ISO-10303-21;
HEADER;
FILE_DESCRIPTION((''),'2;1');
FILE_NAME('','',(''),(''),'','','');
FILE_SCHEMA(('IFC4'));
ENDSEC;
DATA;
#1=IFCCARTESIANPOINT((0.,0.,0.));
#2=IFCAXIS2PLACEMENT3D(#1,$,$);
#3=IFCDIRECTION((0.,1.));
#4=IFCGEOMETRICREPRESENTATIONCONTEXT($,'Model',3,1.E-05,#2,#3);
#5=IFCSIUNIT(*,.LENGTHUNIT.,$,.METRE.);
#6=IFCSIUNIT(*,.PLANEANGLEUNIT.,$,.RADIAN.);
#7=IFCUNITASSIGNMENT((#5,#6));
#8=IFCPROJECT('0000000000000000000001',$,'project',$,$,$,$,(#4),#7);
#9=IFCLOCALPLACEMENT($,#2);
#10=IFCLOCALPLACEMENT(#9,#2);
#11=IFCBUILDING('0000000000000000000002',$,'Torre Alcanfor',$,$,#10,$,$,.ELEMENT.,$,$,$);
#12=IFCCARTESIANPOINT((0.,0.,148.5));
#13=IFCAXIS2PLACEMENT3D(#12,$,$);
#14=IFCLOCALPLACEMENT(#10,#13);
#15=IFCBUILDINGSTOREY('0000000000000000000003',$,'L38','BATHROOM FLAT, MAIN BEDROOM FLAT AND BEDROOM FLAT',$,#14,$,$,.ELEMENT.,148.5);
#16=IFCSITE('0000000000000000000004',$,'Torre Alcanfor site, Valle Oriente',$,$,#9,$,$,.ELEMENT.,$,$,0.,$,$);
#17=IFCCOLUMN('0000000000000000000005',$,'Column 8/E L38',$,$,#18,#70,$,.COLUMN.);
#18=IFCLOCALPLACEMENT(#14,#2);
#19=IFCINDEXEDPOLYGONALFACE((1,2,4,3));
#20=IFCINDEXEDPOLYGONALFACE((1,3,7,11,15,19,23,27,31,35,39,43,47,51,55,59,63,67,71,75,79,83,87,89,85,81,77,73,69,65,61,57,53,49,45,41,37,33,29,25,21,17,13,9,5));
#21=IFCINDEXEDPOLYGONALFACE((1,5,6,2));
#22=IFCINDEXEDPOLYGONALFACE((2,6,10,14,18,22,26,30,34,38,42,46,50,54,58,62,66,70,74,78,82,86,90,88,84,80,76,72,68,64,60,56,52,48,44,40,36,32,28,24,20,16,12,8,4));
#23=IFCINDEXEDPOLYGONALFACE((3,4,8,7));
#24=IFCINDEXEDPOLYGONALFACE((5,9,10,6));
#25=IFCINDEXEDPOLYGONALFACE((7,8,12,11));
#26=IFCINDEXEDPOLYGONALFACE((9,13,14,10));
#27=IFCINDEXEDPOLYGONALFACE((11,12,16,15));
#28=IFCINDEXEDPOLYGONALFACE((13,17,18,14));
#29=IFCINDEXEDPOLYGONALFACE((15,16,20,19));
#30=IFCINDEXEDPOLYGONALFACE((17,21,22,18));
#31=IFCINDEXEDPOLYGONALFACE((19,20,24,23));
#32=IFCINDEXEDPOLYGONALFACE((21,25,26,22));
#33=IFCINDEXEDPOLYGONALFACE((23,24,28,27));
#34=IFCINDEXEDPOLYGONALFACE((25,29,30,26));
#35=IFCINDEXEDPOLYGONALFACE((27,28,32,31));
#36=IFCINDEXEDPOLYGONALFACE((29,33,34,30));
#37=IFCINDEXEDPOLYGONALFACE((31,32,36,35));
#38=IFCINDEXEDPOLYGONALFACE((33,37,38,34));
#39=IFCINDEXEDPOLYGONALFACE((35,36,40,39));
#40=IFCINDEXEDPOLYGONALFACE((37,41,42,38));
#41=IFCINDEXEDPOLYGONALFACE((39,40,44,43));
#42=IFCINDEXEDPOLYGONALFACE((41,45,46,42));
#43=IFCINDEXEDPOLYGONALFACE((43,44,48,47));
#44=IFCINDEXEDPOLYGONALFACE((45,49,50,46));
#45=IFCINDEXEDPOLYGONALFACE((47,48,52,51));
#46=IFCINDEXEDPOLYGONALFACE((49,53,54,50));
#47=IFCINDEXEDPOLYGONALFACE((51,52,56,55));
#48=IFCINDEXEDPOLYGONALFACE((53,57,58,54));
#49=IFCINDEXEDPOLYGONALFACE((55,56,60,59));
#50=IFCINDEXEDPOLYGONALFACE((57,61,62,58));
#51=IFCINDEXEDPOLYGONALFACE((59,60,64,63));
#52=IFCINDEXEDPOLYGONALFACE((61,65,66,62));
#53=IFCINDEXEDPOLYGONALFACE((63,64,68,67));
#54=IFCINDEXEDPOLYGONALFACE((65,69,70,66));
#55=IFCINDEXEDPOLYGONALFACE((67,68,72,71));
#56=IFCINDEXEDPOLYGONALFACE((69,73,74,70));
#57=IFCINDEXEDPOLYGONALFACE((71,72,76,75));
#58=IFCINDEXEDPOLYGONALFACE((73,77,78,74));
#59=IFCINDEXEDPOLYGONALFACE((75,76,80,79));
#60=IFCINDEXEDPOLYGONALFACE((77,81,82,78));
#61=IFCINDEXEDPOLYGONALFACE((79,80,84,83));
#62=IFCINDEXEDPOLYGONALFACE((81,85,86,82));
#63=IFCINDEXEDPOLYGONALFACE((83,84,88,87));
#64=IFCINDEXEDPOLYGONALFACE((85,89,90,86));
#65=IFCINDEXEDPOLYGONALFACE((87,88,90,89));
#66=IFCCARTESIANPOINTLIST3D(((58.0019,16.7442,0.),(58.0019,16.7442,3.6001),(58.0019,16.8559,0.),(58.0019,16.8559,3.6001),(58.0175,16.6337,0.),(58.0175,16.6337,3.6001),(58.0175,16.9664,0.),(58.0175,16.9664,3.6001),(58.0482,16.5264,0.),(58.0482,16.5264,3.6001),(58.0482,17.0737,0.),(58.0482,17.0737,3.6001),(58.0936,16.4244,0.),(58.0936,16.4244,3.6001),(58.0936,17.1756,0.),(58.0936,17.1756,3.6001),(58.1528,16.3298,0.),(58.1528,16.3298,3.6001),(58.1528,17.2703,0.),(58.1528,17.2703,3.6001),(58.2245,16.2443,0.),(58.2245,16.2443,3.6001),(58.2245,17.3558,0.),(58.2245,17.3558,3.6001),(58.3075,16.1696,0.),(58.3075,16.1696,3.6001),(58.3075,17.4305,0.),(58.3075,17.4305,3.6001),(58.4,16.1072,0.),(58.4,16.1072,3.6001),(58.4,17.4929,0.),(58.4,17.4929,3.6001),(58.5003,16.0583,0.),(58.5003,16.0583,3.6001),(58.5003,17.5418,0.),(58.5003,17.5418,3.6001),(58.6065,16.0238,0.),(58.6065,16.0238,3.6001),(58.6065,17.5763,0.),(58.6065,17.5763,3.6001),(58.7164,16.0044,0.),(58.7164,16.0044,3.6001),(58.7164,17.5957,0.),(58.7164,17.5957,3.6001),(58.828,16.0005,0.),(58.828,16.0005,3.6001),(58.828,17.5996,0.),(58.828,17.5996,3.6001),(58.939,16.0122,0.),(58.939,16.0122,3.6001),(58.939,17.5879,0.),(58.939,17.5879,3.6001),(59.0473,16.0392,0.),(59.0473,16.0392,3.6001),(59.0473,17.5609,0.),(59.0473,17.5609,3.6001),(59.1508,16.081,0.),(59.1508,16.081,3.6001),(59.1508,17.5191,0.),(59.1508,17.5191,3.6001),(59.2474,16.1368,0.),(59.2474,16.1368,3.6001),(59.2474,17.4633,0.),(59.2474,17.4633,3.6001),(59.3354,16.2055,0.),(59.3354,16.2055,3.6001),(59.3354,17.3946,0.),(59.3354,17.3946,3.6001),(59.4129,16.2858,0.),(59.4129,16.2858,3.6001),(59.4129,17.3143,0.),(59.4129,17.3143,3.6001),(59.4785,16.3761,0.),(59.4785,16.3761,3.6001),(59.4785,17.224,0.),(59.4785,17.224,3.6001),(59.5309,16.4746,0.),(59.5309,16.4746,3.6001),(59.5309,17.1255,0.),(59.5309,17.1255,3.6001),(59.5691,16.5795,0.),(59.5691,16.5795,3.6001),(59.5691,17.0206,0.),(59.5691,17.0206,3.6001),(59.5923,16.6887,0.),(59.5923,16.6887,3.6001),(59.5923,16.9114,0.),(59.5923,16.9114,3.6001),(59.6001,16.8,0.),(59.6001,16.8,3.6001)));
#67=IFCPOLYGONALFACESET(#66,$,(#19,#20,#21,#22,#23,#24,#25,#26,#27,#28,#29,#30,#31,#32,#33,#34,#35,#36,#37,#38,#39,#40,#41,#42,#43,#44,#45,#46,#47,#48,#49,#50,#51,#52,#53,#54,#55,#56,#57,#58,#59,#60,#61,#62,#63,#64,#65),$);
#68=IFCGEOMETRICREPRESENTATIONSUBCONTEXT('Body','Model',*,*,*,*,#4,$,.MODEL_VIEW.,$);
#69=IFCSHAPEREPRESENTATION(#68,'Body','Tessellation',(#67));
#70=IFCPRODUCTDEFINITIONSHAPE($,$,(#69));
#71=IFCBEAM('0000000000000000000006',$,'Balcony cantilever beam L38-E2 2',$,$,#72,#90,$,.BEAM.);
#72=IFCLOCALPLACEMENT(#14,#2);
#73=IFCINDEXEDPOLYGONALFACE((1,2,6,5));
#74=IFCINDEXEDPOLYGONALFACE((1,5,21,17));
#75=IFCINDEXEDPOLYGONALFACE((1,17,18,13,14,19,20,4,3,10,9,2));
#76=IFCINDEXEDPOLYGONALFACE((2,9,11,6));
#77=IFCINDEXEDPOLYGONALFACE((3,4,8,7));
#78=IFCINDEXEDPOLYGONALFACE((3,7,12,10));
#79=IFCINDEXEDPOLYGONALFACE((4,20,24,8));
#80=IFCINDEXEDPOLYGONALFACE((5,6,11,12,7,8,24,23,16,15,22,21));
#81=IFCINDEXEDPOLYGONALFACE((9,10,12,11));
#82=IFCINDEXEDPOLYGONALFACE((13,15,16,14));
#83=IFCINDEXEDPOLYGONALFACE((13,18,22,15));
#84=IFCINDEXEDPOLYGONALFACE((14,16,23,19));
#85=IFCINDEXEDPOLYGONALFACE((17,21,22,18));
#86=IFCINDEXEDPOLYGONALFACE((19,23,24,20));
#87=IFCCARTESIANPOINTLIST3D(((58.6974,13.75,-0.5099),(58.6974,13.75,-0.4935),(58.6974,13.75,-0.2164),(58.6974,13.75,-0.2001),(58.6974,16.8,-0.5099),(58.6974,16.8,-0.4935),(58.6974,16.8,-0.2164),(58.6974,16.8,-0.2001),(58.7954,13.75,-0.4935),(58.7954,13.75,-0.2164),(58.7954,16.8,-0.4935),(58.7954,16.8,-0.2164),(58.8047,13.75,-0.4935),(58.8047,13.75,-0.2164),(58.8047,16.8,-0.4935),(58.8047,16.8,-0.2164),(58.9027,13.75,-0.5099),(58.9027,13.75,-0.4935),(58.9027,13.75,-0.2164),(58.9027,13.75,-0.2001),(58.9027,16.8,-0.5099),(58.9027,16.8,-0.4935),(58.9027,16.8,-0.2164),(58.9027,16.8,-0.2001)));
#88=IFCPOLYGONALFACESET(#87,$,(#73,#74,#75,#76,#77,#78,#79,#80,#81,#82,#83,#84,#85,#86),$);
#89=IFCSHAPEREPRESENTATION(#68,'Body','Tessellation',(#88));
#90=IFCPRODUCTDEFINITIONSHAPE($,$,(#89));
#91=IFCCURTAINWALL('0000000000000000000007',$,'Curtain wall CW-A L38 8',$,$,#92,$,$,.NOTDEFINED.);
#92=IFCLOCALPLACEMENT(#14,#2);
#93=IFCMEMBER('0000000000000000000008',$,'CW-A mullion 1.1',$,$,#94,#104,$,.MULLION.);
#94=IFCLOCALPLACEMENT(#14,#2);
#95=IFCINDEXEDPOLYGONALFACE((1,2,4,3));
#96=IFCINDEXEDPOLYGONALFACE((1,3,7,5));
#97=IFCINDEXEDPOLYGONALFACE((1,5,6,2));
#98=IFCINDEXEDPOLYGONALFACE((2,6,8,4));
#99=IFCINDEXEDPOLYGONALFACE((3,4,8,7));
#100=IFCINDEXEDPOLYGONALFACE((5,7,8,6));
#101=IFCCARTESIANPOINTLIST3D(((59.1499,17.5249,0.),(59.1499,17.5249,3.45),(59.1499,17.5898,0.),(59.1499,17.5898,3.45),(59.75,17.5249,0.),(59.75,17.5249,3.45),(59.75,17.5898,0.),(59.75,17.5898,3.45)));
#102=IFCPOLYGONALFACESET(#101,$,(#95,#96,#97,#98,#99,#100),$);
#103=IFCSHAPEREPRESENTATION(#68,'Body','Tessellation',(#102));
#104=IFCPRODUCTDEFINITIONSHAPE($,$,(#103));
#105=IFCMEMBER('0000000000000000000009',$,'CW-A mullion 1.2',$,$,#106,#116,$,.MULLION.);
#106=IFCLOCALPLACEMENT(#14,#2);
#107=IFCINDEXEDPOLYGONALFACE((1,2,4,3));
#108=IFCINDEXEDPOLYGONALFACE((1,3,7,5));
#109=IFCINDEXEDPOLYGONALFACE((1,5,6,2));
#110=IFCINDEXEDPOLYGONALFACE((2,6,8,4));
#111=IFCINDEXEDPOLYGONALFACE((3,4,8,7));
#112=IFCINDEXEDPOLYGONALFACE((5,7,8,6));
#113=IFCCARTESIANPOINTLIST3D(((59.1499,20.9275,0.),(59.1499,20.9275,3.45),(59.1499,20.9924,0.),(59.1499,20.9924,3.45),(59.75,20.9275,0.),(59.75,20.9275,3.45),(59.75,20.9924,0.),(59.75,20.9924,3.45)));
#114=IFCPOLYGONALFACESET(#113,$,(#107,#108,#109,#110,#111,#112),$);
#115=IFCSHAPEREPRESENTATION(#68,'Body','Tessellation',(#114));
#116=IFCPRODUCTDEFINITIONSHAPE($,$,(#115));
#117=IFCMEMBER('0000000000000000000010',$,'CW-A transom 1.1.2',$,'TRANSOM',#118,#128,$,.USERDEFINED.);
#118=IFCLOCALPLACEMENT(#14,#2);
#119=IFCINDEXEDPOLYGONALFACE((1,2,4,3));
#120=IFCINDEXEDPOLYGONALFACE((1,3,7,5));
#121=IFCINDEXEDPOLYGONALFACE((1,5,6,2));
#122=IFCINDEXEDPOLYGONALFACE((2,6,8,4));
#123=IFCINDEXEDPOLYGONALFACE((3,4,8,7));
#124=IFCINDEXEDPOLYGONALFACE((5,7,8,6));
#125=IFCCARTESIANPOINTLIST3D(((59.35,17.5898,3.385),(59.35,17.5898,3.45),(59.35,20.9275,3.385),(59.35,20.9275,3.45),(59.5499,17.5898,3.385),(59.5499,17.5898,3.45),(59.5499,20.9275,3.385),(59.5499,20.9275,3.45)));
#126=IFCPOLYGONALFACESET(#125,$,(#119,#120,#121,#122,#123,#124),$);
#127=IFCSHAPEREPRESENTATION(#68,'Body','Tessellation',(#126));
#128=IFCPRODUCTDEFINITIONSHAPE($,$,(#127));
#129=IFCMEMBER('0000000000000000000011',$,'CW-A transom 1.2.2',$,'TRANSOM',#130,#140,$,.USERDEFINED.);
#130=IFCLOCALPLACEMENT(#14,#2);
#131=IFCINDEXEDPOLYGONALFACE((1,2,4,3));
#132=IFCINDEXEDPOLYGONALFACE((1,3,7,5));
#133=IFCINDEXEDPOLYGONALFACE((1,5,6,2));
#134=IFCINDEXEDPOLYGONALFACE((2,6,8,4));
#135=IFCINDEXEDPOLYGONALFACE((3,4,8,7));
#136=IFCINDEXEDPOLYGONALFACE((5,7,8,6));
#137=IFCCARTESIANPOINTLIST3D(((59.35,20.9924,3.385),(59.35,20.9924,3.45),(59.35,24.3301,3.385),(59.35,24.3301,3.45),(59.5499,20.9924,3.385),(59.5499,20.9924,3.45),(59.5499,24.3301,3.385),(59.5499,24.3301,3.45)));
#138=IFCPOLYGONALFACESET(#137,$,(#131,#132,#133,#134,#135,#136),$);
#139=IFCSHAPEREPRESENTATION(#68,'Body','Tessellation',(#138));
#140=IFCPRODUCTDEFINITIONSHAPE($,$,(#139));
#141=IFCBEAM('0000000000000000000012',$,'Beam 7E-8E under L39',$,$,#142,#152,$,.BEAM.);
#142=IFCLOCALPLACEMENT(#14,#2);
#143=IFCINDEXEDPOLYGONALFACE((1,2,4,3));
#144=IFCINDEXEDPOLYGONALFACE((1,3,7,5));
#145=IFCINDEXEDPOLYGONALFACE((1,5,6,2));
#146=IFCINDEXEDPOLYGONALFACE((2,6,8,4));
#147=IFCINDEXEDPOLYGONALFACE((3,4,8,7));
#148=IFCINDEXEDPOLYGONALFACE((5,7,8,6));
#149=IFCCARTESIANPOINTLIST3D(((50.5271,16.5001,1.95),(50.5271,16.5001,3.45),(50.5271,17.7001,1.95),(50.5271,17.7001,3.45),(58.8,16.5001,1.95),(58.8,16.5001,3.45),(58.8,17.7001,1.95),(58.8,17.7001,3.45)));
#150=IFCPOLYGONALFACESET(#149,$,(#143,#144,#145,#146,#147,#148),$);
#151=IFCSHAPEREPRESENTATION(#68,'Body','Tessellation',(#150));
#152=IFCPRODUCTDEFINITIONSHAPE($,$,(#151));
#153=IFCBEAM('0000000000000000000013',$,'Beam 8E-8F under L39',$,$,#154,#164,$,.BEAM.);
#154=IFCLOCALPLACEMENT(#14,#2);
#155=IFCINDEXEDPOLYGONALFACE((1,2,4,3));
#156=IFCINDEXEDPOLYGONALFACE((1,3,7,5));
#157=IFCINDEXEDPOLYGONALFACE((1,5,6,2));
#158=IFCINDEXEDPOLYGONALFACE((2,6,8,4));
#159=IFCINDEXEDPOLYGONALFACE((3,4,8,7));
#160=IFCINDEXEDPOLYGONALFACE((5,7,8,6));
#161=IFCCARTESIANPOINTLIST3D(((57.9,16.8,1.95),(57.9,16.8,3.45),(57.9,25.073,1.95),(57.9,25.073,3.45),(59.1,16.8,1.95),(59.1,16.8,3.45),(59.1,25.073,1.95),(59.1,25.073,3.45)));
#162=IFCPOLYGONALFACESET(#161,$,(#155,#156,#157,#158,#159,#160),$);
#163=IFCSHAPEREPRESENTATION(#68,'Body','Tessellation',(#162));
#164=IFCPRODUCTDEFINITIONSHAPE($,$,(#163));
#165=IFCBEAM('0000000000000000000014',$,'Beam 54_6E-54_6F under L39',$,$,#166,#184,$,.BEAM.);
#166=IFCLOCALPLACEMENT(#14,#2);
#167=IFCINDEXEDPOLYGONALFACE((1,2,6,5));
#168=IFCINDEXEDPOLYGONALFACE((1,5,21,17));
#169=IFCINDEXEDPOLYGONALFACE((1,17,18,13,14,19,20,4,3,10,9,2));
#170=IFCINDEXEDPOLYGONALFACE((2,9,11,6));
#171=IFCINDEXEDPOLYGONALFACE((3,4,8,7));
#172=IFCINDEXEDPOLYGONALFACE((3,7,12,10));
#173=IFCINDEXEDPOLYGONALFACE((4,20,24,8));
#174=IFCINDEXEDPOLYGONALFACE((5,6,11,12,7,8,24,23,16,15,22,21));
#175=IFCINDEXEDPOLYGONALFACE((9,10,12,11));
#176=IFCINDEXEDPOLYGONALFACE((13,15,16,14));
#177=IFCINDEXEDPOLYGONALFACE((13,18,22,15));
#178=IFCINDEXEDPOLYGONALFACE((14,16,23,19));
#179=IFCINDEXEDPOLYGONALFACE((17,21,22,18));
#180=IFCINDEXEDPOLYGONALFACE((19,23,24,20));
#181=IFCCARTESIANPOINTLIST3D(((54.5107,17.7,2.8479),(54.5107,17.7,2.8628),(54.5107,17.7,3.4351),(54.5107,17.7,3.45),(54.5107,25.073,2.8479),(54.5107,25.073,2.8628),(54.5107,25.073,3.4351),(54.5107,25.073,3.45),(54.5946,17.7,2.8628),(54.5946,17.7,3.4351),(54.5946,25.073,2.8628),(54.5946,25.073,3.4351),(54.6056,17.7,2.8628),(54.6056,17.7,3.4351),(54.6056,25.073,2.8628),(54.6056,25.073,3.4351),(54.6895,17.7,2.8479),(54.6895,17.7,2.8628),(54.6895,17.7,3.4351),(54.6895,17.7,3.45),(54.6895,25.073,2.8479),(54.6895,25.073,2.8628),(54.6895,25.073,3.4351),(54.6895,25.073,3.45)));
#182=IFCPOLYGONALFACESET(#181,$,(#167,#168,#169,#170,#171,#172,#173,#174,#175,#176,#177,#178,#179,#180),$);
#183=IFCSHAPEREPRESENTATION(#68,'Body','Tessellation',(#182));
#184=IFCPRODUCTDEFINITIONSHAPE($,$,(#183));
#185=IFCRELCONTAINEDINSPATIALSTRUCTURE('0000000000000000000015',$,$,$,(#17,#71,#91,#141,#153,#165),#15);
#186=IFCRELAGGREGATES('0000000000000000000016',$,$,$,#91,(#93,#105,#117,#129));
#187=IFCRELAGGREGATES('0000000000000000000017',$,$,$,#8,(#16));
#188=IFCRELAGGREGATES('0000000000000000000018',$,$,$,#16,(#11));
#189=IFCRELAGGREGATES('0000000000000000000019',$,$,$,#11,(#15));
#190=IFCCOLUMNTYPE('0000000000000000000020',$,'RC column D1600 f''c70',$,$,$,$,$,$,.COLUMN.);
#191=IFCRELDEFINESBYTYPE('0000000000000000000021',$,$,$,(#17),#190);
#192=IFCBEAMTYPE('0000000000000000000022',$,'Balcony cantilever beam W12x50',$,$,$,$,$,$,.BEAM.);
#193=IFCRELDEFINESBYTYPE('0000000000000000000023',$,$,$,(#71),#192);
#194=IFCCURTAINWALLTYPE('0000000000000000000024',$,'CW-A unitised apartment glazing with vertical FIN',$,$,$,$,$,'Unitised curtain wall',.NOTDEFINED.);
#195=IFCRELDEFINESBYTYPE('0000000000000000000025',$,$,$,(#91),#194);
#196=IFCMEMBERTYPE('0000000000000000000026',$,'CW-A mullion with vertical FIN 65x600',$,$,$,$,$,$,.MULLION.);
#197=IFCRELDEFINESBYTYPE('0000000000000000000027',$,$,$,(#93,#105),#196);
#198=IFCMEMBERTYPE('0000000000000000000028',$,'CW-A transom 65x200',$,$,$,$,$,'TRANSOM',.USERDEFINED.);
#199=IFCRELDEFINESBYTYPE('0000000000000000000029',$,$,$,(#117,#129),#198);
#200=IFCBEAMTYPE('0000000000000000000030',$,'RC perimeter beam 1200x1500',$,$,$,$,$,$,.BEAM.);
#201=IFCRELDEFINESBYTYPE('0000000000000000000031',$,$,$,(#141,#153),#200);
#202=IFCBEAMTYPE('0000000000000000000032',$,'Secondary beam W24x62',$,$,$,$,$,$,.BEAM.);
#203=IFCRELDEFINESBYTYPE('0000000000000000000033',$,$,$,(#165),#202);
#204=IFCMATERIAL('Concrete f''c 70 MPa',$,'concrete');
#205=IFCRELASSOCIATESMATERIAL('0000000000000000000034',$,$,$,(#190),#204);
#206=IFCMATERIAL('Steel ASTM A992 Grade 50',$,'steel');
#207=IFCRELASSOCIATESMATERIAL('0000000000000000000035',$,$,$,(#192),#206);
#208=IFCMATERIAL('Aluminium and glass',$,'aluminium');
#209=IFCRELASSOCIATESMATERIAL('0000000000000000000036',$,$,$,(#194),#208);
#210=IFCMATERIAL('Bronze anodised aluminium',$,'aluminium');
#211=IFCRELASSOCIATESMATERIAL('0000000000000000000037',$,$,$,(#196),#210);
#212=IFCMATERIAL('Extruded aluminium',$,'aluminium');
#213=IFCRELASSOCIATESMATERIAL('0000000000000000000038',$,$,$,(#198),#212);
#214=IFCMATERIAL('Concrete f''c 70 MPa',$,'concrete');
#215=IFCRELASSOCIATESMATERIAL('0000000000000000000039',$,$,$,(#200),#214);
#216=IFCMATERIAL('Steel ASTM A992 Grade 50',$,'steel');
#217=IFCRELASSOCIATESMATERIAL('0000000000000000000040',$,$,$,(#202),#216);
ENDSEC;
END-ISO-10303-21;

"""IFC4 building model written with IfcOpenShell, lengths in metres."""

from ifc_helpers import new_model, si_unit, direction, frame, origin, origin_2d, place, context, subcontext, project, spatial, rectangle, circle, i_section, extrude, material, material_profile, profile_set, type_object, element, aggregate, save


model = new_model("IFC4")

# Units and contexts
model_context = context("Model", 3, precision=1e-05, world=origin(), true_north=direction((0.0, 1.0)))
body_context = subcontext(model_context, "Body", "Model", "MODEL_VIEW")
ifc_project = project(units=[si_unit("LENGTHUNIT", "METRE"), si_unit("PLANEANGLEUNIT", "RADIAN")], contexts=[model_context])

# Site, building, storey
site_placement = place(None, origin())
site = spatial("IfcSite", under=ifc_project, at=site_placement, Name="Torre Alcanfor site, Valle Oriente", CompositionType="ELEMENT", RefElevation=0.0)
building_placement = place(site_placement, origin())
building = spatial("IfcBuilding", under=site, at=building_placement, Name="Torre Alcanfor", CompositionType="ELEMENT")
storey_placement = place(building_placement, frame((0.0, 0.0, 148.5)))
storey = spatial("IfcBuildingStorey", under=building, at=storey_placement, Name="L38", Description="BATHROOM FLAT, MAIN BEDROOM FLAT AND BEDROOM FLAT", CompositionType="ELEMENT", Elevation=148.5)

# Column
ifc_material_1 = material(Name="Concrete f'c 70 MPa", Category="concrete")
ifc_material_profile_1 = material_profile(ifc_material_1, circle(Radius=0.8, at=origin_2d()), Name="D1600")
ifc_profile_set_1 = profile_set([ifc_material_profile_1], Name="Concrete f'c 70 MPa")
column_type = type_object("IfcColumnType", Name="RC column D1600 f'c70", PredefinedType="COLUMN", material=ifc_profile_set_1)
column_placement = place(storey_placement, frame((58.8, 16.8, 0.0), z_axis=(0.0, 0.0, 1.0), x_axis=(1.0, 0.0, 0.0)))
element("IfcColumn", 1, at=column_placement, inside=storey, type_object=column_type, Name="Column 8/E L38", PredefinedType="COLUMN", context=body_context, shape_type="SweptSolid", body=[
    extrude(circle(Radius=0.8, at=origin_2d()), origin(), (0.0, 0.0, 1.0), 3.6001),
])

# Beam
ifc_material_2 = material(Name="Steel ASTM A992 Grade 50", Category="steel")
ifc_material_profile_2 = material_profile(ifc_material_2, i_section(OverallWidth=0.2053, OverallDepth=0.3098, WebThickness=0.0093, FlangeThickness=0.0164, at=origin_2d()), Name="W12x50")
ifc_profile_set_2 = profile_set([ifc_material_profile_2], Name="Steel ASTM A992 Grade 50")
beam_type_1 = type_object("IfcBeamType", Name="Balcony cantilever beam W12x50", PredefinedType="BEAM", material=ifc_profile_set_2)
beam_1_placement = place(storey_placement, frame((58.8, 16.8, -0.355), z_axis=(0.0, -1.0, 0.0), x_axis=(1.0, 0.0, 0.0)))
element("IfcBeam", 2, at=beam_1_placement, inside=storey, type_object=beam_type_1, Name="Balcony cantilever beam L38-E2 2", PredefinedType="BEAM", context=body_context, shape_type="SweptSolid", body=[
    extrude(i_section(OverallWidth=0.2053, OverallDepth=0.3098, WebThickness=0.0093, FlangeThickness=0.0164, at=origin_2d()), origin(), (0.0, 0.0, 1.0), 3.05),
])

# Curtain wall, members
ifc_material_3 = material(Name="Aluminium and glass", Category="aluminium")
curtain_wall_type = type_object("IfcCurtainWallType", Name="CW-A unitised apartment glazing with vertical FIN", ElementType="Unitised curtain wall", PredefinedType="NOTDEFINED", material=ifc_material_3)
curtain_wall_placement = place(storey_placement, origin())
curtain_wall = element("IfcCurtainWall", 3, at=curtain_wall_placement, inside=storey, type_object=curtain_wall_type, Name="Curtain wall CW-A L38 8", PredefinedType="NOTDEFINED")
ifc_material_4 = material(Name="Bronze anodised aluminium", Category="aluminium")
ifc_material_profile_3 = material_profile(ifc_material_4, rectangle(XDim=0.6001, YDim=0.0649, at=origin_2d()), Name="CW-A mullion 65x600")
ifc_profile_set_3 = profile_set([ifc_material_profile_3], Name="Bronze anodised aluminium")
member_type_1 = type_object("IfcMemberType", Name="CW-A mullion with vertical FIN 65x600", PredefinedType="MULLION", material=ifc_profile_set_3)
member_1_placement = place(storey_placement, frame((59.45, 17.5574, 0.0), z_axis=(0.0, 0.0, 1.0), x_axis=(-1.0, 0.0, 0.0)))
member_1 = element("IfcMember", 4, at=member_1_placement, type_object=member_type_1, Name="CW-A mullion 1.1", PredefinedType="MULLION", context=body_context, shape_type="SweptSolid", body=[
    extrude(rectangle(XDim=0.6001, YDim=0.0649, at=origin_2d()), origin(), (0.0, 0.0, 1.0), 3.45),
])
member_2_placement = place(storey_placement, frame((59.45, 20.96, 0.0), z_axis=(0.0, 0.0, 1.0), x_axis=(-1.0, 0.0, 0.0)))
member_2 = element("IfcMember", 5, at=member_2_placement, type_object=member_type_1, Name="CW-A mullion 1.2", PredefinedType="MULLION", context=body_context, shape_type="SweptSolid", body=[
    extrude(rectangle(XDim=0.6001, YDim=0.0649, at=origin_2d()), origin(), (0.0, 0.0, 1.0), 3.45),
])
ifc_material_5 = material(Name="Extruded aluminium", Category="aluminium")
ifc_material_profile_4 = material_profile(ifc_material_5, rectangle(XDim=0.2, YDim=0.0649, at=origin_2d()), Name="CW-A transom 200x65")
ifc_profile_set_4 = profile_set([ifc_material_profile_4], Name="Extruded aluminium")
member_type_2 = type_object("IfcMemberType", Name="CW-A transom 65x200", ElementType="TRANSOM", PredefinedType="USERDEFINED", material=ifc_profile_set_4)
member_3_placement = place(storey_placement, frame((59.45, 17.5898, 3.4175), z_axis=(0.0, 1.0, 0.0), x_axis=(-1.0, 0.0, 0.0)))
member_3 = element("IfcMember", 6, at=member_3_placement, type_object=member_type_2, Name="CW-A transom 1.1.2", ObjectType="TRANSOM", PredefinedType="USERDEFINED", context=body_context, shape_type="SweptSolid", body=[
    extrude(rectangle(XDim=0.2, YDim=0.0649, at=origin_2d()), origin(), (0.0, 0.0, 1.0), 3.3376),
])
member_4_placement = place(storey_placement, frame((59.45, 20.9924, 3.4175), z_axis=(0.0, 1.0, 0.0), x_axis=(-1.0, 0.0, 0.0)))
member_4 = element("IfcMember", 7, at=member_4_placement, type_object=member_type_2, Name="CW-A transom 1.2.2", ObjectType="TRANSOM", PredefinedType="USERDEFINED", context=body_context, shape_type="SweptSolid", body=[
    extrude(rectangle(XDim=0.2, YDim=0.0649, at=origin_2d()), origin(), (0.0, 0.0, 1.0), 3.3376),
])

# Beams
ifc_material_6 = material(Name="Concrete f'c 70 MPa", Category="concrete")
ifc_material_profile_5 = material_profile(ifc_material_6, rectangle(XDim=1.2, YDim=1.5, at=origin_2d()), Name="1200x1500")
ifc_profile_set_5 = profile_set([ifc_material_profile_5], Name="Concrete f'c 70 MPa")
beam_type_2 = type_object("IfcBeamType", Name="RC perimeter beam 1200x1500", PredefinedType="BEAM", material=ifc_profile_set_5)
for number, where, z_axis, x_axis, name in (
    (8, (50.5271, 17.1001, 2.7), (1.0, 0.0, 0.0), (0.0, 1.0, 0.0), "Beam 7E-8E under L39"),
    (9, (58.5, 16.8, 2.7), (0.0, 1.0, 0.0), (-1.0, 0.0, 0.0), "Beam 8E-8F under L39"),
):
    element("IfcBeam", number, at=place(storey_placement, frame(where, z_axis=z_axis, x_axis=x_axis)), inside=storey, type_object=beam_type_2, Name=name, PredefinedType="BEAM", context=body_context, shape_type="SweptSolid", body=[
        extrude(rectangle(XDim=1.2, YDim=1.5, at=origin_2d()), origin(), (0.0, 0.0, 1.0), 8.2729),
    ])
ifc_material_7 = material(Name="Steel ASTM A992 Grade 50", Category="steel")
ifc_material_profile_6 = material_profile(ifc_material_7, i_section(OverallWidth=0.1787, OverallDepth=0.6021, WebThickness=0.011, FlangeThickness=0.0149, at=origin_2d()), Name="W24x62")
ifc_profile_set_6 = profile_set([ifc_material_profile_6], Name="Steel ASTM A992 Grade 50")
beam_type_3 = type_object("IfcBeamType", Name="Secondary beam W24x62", PredefinedType="BEAM", material=ifc_profile_set_6)
beam_2_placement = place(storey_placement, frame((54.6001, 17.7, 3.1489), z_axis=(0.0, 1.0, 0.0), x_axis=(-1.0, 0.0, 0.0)))
element("IfcBeam", 10, at=beam_2_placement, inside=storey, type_object=beam_type_3, Name="Beam 54_6E-54_6F under L39", PredefinedType="BEAM", context=body_context, shape_type="SweptSolid", body=[
    extrude(i_section(OverallWidth=0.1787, OverallDepth=0.6021, WebThickness=0.011, FlangeThickness=0.0149, at=origin_2d()), origin(), (0.0, 0.0, 1.0), 7.373),
])

aggregate(curtain_wall, [member_1, member_2, member_3, member_4])

save(model, "model.ifc")
